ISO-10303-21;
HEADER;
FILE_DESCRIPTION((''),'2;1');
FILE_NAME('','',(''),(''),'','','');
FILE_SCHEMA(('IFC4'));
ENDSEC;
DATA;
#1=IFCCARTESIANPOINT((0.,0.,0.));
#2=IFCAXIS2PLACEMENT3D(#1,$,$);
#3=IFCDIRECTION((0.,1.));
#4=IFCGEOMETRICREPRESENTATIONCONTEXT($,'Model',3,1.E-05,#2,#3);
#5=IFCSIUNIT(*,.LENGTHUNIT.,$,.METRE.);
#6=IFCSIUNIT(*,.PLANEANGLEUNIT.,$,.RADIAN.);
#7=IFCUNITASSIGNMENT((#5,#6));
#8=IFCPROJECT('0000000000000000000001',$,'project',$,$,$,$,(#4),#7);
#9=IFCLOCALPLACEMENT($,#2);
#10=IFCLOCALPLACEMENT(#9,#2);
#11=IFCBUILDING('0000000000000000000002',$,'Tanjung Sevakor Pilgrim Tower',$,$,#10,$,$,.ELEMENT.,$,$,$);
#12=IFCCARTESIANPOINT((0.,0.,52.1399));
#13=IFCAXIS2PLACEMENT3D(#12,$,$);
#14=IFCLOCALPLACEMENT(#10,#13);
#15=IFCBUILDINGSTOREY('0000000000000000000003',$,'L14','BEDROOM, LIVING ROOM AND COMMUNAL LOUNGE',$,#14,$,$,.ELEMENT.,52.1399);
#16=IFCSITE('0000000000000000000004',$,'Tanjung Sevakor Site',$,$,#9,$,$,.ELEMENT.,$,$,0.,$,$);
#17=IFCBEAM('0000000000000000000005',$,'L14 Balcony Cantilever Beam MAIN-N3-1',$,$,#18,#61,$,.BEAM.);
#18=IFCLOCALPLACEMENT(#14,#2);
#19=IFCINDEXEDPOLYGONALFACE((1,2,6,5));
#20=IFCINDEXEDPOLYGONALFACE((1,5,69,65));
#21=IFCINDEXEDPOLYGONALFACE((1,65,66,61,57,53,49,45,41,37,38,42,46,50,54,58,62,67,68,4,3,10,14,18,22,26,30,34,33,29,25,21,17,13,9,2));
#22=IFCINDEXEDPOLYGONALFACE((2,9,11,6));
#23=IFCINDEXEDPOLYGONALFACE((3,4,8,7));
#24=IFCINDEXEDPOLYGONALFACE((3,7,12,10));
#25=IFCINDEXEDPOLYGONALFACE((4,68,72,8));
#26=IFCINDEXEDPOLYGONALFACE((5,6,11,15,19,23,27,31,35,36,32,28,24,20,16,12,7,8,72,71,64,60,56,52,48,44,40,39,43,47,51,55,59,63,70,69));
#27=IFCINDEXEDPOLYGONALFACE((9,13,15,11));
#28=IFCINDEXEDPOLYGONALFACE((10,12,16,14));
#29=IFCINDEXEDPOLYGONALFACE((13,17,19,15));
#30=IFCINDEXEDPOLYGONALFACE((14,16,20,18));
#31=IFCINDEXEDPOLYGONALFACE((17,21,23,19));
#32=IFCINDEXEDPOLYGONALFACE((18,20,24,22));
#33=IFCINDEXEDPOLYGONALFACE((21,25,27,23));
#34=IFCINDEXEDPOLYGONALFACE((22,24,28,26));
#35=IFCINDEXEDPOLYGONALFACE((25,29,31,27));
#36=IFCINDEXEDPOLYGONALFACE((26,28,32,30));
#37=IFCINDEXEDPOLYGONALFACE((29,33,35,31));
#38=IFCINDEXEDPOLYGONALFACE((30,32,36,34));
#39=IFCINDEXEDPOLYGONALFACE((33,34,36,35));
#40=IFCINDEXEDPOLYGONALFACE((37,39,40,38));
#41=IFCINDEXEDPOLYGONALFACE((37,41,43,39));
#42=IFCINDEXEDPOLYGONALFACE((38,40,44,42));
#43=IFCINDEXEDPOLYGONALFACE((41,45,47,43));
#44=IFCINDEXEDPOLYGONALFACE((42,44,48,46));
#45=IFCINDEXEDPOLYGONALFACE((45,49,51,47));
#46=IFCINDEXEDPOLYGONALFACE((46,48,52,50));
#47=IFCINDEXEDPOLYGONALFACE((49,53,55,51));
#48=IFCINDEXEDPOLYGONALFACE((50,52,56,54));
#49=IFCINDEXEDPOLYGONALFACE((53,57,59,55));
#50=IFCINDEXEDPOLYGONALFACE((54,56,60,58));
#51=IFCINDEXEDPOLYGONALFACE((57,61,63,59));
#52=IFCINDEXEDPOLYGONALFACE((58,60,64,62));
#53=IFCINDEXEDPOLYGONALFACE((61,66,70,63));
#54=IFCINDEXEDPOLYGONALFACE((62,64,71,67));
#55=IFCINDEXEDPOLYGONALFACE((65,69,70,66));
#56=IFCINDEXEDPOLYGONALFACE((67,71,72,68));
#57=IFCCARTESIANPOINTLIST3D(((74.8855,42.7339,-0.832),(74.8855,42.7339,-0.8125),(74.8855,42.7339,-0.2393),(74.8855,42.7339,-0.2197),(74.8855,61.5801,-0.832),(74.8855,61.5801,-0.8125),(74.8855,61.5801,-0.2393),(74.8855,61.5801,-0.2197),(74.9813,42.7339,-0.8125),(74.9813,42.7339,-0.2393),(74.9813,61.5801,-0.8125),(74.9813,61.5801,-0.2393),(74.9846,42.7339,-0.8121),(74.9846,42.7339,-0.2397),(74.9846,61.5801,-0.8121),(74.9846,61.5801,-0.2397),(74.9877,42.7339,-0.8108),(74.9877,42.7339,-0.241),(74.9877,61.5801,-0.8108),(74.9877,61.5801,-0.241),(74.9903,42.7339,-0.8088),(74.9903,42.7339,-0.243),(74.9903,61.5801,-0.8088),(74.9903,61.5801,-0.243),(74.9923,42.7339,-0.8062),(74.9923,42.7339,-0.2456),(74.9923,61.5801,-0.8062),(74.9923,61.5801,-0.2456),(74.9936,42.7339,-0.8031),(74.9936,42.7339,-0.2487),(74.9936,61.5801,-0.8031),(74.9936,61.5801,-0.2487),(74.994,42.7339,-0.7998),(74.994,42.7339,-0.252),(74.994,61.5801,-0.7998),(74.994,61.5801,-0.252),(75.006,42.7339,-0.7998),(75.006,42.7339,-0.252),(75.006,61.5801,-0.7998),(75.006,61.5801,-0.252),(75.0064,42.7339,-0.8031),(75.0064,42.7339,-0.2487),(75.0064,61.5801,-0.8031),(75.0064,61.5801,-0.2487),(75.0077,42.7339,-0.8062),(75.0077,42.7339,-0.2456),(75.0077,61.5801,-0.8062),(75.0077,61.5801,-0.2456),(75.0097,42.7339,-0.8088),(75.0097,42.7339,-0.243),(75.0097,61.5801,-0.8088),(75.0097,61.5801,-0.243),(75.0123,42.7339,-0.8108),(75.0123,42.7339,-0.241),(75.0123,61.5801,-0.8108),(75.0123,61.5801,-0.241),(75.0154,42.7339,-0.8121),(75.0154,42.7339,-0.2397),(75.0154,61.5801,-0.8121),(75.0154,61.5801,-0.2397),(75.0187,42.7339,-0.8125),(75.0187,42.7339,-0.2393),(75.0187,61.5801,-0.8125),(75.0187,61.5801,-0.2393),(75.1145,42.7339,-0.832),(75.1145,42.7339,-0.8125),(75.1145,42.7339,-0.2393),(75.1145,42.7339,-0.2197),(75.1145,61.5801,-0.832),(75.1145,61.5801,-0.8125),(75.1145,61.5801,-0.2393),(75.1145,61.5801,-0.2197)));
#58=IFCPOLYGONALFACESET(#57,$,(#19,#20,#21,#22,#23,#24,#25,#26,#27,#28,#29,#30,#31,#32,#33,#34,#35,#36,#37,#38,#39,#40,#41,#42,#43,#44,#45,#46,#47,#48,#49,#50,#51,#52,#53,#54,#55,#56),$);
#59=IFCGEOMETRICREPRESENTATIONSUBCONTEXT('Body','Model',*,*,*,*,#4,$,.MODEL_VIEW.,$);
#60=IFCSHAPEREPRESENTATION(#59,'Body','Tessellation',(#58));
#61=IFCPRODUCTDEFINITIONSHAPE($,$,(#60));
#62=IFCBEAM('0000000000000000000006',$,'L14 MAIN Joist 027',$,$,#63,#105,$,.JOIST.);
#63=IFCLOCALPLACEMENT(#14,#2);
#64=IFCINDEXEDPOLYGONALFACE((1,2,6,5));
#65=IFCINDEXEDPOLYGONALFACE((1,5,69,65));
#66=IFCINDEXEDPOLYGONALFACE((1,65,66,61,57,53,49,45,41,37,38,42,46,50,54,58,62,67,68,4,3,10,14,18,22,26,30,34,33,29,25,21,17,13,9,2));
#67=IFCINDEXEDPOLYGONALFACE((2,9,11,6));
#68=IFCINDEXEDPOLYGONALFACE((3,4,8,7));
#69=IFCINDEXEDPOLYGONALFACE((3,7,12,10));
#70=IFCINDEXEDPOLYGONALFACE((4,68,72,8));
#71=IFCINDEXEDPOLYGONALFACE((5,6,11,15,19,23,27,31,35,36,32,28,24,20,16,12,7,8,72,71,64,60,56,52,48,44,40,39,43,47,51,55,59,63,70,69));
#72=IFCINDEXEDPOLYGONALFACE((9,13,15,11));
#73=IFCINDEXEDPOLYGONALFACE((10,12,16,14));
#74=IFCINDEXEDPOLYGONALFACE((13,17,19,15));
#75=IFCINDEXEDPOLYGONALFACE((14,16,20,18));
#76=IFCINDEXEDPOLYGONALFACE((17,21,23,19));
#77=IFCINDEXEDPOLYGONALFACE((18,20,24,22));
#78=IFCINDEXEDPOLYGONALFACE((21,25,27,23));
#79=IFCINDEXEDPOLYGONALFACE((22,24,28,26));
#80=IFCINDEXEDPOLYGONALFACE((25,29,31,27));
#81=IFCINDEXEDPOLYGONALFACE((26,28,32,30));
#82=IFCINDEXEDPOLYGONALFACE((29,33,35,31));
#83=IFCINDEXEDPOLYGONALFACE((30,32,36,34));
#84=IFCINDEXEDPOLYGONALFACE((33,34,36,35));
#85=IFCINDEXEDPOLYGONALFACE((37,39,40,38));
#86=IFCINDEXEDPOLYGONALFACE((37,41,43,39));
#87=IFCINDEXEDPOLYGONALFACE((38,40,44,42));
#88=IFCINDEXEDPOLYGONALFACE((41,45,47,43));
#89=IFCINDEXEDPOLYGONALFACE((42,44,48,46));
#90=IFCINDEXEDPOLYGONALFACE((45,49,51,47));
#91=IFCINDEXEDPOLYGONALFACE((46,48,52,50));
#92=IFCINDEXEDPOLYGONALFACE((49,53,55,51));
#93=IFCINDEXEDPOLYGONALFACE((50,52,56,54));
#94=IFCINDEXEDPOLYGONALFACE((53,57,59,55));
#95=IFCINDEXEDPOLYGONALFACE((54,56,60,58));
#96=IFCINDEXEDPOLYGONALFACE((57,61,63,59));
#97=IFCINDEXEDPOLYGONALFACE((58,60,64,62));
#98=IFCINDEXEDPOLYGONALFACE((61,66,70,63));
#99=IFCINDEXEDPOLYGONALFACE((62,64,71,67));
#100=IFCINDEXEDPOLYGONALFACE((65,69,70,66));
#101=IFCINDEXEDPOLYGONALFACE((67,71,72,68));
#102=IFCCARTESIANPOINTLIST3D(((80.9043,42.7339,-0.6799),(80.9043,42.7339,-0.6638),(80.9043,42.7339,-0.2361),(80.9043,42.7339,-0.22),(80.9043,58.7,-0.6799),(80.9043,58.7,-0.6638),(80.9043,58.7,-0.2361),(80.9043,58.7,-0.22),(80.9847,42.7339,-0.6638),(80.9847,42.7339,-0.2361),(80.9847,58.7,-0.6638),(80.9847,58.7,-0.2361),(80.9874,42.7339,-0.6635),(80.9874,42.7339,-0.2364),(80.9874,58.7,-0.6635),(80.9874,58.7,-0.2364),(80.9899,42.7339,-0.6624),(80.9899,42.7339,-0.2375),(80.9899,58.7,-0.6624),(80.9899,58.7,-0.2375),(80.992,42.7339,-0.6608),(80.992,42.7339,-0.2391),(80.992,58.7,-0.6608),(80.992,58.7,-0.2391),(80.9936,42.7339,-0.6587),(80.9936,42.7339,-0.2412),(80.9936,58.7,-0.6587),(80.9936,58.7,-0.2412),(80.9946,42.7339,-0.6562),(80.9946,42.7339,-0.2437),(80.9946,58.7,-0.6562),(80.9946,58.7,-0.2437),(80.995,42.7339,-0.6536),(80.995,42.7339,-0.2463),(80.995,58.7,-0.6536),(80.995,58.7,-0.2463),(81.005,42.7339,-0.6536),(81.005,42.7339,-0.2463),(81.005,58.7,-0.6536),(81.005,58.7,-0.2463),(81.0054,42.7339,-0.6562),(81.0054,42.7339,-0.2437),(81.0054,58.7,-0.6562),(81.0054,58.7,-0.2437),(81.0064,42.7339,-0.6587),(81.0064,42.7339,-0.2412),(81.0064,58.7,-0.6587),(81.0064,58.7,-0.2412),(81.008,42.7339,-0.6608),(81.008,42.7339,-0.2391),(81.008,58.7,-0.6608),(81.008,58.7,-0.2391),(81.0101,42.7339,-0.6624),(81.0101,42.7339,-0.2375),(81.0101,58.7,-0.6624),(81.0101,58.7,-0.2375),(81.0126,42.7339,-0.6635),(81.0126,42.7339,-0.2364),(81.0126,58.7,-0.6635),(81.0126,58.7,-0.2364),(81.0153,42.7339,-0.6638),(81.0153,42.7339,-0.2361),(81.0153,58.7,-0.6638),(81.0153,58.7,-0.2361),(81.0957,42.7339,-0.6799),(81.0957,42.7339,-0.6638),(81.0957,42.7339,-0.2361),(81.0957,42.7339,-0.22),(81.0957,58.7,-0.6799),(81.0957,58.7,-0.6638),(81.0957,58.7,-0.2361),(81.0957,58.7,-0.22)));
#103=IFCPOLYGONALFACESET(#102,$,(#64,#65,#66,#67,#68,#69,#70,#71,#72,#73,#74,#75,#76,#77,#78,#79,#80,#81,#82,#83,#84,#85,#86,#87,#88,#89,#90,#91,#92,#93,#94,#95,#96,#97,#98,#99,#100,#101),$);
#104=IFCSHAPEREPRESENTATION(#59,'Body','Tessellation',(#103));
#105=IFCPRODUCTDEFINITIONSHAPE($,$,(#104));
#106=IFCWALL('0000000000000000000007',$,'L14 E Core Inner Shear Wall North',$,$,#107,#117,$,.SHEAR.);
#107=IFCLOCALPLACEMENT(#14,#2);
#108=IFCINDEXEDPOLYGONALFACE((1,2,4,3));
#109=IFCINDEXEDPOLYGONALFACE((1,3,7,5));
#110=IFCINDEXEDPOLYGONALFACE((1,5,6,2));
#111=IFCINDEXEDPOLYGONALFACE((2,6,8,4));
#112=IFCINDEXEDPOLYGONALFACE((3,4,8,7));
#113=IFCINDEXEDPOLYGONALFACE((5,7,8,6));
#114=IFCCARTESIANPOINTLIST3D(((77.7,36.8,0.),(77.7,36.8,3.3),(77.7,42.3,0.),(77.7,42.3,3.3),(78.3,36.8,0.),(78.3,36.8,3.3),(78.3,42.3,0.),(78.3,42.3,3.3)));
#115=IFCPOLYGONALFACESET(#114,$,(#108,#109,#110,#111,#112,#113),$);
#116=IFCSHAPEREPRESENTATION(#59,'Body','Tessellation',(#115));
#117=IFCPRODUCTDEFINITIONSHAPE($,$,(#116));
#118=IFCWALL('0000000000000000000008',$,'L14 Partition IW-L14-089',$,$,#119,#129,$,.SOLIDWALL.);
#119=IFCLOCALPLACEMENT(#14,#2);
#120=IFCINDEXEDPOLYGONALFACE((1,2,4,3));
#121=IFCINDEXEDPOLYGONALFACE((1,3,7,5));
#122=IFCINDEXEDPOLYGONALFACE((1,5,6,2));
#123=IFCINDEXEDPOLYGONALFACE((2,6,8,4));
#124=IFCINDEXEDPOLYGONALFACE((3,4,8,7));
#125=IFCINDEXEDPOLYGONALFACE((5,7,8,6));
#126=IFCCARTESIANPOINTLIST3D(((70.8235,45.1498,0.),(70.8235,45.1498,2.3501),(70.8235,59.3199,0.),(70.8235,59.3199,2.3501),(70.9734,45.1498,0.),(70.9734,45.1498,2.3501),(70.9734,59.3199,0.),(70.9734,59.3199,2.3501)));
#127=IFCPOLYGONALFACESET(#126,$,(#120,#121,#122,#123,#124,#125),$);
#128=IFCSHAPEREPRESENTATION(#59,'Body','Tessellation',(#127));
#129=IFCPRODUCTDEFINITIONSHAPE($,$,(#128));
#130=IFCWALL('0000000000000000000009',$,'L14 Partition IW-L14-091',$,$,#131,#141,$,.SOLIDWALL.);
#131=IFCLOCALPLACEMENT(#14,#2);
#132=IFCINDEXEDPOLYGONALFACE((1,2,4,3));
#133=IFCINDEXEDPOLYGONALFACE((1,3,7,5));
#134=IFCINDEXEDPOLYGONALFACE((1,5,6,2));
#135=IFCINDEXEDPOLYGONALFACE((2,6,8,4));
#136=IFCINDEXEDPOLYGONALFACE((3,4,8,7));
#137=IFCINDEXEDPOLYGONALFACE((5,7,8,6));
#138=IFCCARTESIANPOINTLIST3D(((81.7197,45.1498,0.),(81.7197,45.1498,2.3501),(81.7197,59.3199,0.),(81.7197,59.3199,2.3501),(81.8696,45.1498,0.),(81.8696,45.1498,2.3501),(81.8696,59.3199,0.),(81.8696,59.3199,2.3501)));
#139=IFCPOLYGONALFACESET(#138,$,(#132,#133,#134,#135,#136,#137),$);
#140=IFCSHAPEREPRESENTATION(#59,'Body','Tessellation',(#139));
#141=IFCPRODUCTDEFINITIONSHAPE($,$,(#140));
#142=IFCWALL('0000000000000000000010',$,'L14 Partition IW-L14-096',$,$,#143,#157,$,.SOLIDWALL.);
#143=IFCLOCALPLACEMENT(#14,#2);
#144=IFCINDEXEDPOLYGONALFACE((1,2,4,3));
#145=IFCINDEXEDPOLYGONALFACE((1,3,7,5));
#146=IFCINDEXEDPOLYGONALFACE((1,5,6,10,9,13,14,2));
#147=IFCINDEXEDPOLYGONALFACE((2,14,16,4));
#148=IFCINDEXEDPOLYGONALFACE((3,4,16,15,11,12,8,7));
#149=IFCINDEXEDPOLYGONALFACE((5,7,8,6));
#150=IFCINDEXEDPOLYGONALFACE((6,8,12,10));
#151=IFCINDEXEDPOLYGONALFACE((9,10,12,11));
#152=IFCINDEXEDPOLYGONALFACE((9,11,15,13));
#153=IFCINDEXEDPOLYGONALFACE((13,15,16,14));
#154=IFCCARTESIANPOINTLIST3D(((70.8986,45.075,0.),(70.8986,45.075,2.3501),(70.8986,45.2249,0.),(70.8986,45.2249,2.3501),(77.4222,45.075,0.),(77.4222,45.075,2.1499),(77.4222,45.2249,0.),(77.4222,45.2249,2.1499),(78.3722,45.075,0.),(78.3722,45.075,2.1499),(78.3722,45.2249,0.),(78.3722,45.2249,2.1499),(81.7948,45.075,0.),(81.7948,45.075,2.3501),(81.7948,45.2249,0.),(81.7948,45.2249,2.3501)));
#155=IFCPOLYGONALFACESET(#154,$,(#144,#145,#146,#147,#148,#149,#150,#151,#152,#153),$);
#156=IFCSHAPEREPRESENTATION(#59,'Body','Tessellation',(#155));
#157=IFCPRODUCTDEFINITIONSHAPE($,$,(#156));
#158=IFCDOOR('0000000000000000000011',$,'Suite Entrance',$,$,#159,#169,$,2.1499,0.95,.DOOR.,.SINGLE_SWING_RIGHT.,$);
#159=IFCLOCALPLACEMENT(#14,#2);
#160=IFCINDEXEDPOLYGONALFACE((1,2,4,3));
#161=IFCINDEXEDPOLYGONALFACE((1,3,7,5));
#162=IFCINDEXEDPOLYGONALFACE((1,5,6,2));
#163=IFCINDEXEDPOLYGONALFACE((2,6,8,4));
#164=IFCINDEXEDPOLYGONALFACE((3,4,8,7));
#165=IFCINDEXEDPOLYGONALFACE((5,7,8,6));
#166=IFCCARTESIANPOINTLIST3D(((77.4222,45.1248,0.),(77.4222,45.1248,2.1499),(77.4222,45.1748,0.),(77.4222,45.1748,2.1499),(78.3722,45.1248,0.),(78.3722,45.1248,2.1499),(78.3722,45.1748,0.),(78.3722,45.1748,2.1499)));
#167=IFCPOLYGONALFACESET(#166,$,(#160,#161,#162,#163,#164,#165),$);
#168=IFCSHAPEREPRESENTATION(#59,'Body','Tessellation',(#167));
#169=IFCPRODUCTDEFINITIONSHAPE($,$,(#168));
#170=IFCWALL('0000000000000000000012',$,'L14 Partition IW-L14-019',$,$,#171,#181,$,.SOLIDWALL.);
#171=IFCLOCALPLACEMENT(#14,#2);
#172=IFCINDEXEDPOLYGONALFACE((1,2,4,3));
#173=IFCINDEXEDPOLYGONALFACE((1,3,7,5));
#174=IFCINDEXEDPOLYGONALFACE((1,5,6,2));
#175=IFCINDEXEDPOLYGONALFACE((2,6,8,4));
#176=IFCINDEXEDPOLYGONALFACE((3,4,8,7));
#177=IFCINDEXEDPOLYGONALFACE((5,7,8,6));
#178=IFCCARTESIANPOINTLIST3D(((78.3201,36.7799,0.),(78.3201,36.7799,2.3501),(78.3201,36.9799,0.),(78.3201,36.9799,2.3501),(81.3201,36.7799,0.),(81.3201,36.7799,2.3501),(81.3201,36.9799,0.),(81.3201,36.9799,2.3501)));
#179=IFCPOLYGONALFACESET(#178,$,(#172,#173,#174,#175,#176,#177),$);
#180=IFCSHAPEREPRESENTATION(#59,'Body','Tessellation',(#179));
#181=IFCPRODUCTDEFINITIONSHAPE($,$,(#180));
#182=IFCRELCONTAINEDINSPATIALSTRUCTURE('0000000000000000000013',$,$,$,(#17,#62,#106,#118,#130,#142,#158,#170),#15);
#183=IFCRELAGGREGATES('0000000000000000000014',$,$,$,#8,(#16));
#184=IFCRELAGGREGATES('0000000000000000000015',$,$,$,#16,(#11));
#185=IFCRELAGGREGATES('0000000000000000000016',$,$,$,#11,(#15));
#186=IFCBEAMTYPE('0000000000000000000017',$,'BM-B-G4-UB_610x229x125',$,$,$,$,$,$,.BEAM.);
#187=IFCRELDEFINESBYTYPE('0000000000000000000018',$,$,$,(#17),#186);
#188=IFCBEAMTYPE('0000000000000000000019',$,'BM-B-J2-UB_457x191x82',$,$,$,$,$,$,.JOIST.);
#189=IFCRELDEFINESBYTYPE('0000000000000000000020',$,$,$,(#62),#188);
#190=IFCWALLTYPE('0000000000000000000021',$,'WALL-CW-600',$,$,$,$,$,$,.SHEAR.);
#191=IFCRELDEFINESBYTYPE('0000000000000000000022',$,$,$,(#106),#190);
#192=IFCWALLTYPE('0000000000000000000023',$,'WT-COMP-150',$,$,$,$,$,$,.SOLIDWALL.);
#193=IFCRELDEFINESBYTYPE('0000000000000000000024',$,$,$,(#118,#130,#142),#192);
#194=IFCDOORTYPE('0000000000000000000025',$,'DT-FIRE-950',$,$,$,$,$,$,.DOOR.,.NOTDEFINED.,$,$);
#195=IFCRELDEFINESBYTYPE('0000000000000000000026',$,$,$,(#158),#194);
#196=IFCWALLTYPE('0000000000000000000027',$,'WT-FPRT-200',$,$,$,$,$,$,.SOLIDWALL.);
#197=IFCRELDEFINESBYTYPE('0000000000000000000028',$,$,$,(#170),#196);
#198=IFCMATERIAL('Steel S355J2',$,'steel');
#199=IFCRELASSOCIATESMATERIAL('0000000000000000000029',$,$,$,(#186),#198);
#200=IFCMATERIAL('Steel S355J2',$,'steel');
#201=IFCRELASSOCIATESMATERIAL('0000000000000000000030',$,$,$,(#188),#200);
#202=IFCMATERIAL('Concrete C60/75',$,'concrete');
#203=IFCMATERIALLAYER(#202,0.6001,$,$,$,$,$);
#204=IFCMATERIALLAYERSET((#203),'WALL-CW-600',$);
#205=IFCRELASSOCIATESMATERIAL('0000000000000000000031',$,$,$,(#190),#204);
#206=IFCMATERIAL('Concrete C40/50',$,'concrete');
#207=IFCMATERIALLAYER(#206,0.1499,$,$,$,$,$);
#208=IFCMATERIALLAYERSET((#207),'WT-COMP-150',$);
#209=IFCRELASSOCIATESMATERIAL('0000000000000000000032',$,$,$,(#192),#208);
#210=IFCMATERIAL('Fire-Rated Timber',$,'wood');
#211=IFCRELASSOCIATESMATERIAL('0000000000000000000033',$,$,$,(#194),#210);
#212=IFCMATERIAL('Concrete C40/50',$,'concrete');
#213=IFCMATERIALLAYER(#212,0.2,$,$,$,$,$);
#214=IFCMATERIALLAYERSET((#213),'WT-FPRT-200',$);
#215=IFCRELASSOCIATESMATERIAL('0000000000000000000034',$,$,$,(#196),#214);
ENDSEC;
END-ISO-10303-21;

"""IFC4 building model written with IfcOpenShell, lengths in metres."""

from ifc_helpers import new_model, si_unit, direction, frame, frame_2d, origin, origin_2d, place, context, subcontext, project, spatial, rectangle, i_section, extrude, material, layer, layer_set, material_profile, profile_set, type_object, element, fill, save


model = new_model("IFC4")

# Units and contexts
model_context = context("Model", 3, precision=1e-05, world=origin(), true_north=direction((0.0, 1.0)))
body_context = subcontext(model_context, "Body", "Model", "MODEL_VIEW")
ifc_project = project(units=[si_unit("LENGTHUNIT", "METRE"), si_unit("PLANEANGLEUNIT", "RADIAN")], contexts=[model_context])

# Site, building, storey
site_placement = place(None, origin())
site = spatial("IfcSite", under=ifc_project, at=site_placement, Name="Tanjung Sevakor Site", CompositionType="ELEMENT", RefElevation=0.0)
building_placement = place(site_placement, origin())
building = spatial("IfcBuilding", under=site, at=building_placement, Name="Tanjung Sevakor Pilgrim Tower", CompositionType="ELEMENT")
storey_placement = place(building_placement, frame((0.0, 0.0, 52.1399)))
storey = spatial("IfcBuildingStorey", under=building, at=storey_placement, Name="L14", Description="BEDROOM, LIVING ROOM AND COMMUNAL LOUNGE", CompositionType="ELEMENT", Elevation=52.1399)

# Beams
ifc_material_1 = material(Name="Steel S355J2", Category="steel")
ifc_material_profile_1 = material_profile(ifc_material_1, i_section(OverallWidth=0.229, OverallDepth=0.6123, WebThickness=0.012, FlangeThickness=0.0195, FilletRadius=0.0127, at=origin_2d()))
ifc_profile_set_1 = profile_set([ifc_material_profile_1], Name="Steel S355J2")
beam_type_1 = type_object("IfcBeamType", Name="BM-B-G4-UB_610x229x125", PredefinedType="BEAM", material=ifc_profile_set_1)
beam_1_placement = place(storey_placement, frame((75.0, 42.7339, -0.5259), z_axis=(0.0, 1.0, 0.0), x_axis=(-1.0, 0.0, 0.0)))
element("IfcBeam", 1, at=beam_1_placement, inside=storey, type_object=beam_type_1, Name="L14 Balcony Cantilever Beam MAIN-N3-1", PredefinedType="BEAM", context=body_context, shape_type="SweptSolid", body=[
    extrude(i_section(OverallWidth=0.229, OverallDepth=0.6123, WebThickness=0.012, FlangeThickness=0.0195, FilletRadius=0.0127, at=origin_2d()), origin(), (0.0, 0.0, 1.0), 18.8462),
])
ifc_material_2 = material(Name="Steel S355J2", Category="steel")
ifc_material_profile_2 = material_profile(ifc_material_2, i_section(OverallWidth=0.1914, OverallDepth=0.46, WebThickness=0.01, FlangeThickness=0.0161, FilletRadius=0.0103, at=origin_2d()))
ifc_profile_set_2 = profile_set([ifc_material_profile_2], Name="Steel S355J2")
beam_type_2 = type_object("IfcBeamType", Name="BM-B-J2-UB_457x191x82", PredefinedType="JOIST", material=ifc_profile_set_2)
beam_2_placement = place(storey_placement, frame((81.0, 42.7339, -0.45), z_axis=(0.0, 1.0, 0.0), x_axis=(-1.0, 0.0, 0.0)))
element("IfcBeam", 2, at=beam_2_placement, inside=storey, type_object=beam_type_2, Name="L14 MAIN Joist 027", PredefinedType="JOIST", context=body_context, shape_type="SweptSolid", body=[
    extrude(i_section(OverallWidth=0.1914, OverallDepth=0.46, WebThickness=0.01, FlangeThickness=0.0161, FilletRadius=0.0103, at=origin_2d()), origin(), (0.0, 0.0, 1.0), 15.9661),
])

# Walls
ifc_material_3 = material(Name="Concrete C60/75", Category="concrete")
ifc_layer_1 = layer(ifc_material_3, 0.6001)
ifc_layer_set_1 = layer_set([ifc_layer_1], Name="WALL-CW-600")
wall_type_1 = type_object("IfcWallType", Name="WALL-CW-600", PredefinedType="SHEAR", material=ifc_layer_set_1)
wall_1_placement = place(storey_placement, frame((78.0, 36.8, 0.0), z_axis=(0.0, 0.0, 1.0), x_axis=(0.0, 1.0, 0.0)))
element("IfcWall", 3, at=wall_1_placement, inside=storey, type_object=wall_type_1, Name="L14 E Core Inner Shear Wall North", PredefinedType="SHEAR", context=body_context, shape_type="SweptSolid", body=[
    extrude(rectangle(XDim=5.5, YDim=0.6001, at=frame_2d((2.75, 0.0))), origin(), (0.0, 0.0, 1.0), 3.3),
])
ifc_material_4 = material(Name="Concrete C40/50", Category="concrete")
ifc_layer_2 = layer(ifc_material_4, 0.1499)
ifc_layer_set_2 = layer_set([ifc_layer_2], Name="WT-COMP-150")
wall_type_2 = type_object("IfcWallType", Name="WT-COMP-150", PredefinedType="SOLIDWALL", material=ifc_layer_set_2)
for number, where, z_axis, x_axis, name in (
    (4, (70.8984, 45.1499, 0.0), (0.0, 0.0, 1.0), (0.0, 1.0, 0.0), "L14 Partition IW-L14-089"),
    (5, (81.7947, 45.1499, 0.0), (0.0, 0.0, 1.0), (0.0, 1.0, 0.0), "L14 Partition IW-L14-091"),
):
    element("IfcWall", number, at=place(storey_placement, frame(where, z_axis=z_axis, x_axis=x_axis)), inside=storey, type_object=wall_type_2, Name=name, PredefinedType="SOLIDWALL", context=body_context, shape_type="SweptSolid", body=[
        extrude(rectangle(XDim=14.1702, YDim=0.1499, at=frame_2d((7.085, 0.0))), origin(), (0.0, 0.0, 1.0), 2.3501),
    ])

# Wall, opening, door
wall_2_placement = place(storey_placement, frame((70.8984, 45.1499, 0.0), z_axis=(0.0, 0.0, 1.0), x_axis=(1.0, 0.0, 0.0)))
wall_2 = element("IfcWall", 6, at=wall_2_placement, inside=storey, type_object=wall_type_2, Name="L14 Partition IW-L14-096", PredefinedType="SOLIDWALL", context=body_context, shape_type="SweptSolid", body=[
    extrude(rectangle(XDim=10.8962, YDim=0.1499, at=frame_2d((5.4482, 0.0))), origin(), (0.0, 0.0, 1.0), 2.3501),
])
opening_1_placement = place(wall_2_placement, frame((6.5237, 0.0, 0.0)))
opening_1 = element("IfcOpeningElement", 7, at=opening_1_placement, cuts=wall_2, PredefinedType="OPENING", context=body_context, shape_type="SweptSolid", body=[
    extrude(rectangle(XDim=0.95, YDim=2.1499, at=frame_2d((0.4751, 1.075))), frame((0.0, 0.085, 0.0), z_axis=(0.0, -1.0, 0.0), x_axis=(1.0, 0.0, 0.0)), (0.0, 0.0, 1.0), 0.1699),
])
ifc_material_5 = material(Name="Fire-Rated Timber", Category="wood")
door_type_1 = type_object("IfcDoorType", Name="DT-FIRE-950", OperationType="NOTDEFINED", PredefinedType="DOOR", material=ifc_material_5)
door_1_placement = place(opening_1_placement, origin())
door_1 = element("IfcDoor", 8, at=door_1_placement, inside=storey, type_object=door_type_1, Name="Suite Entrance", OperationType="SINGLE_SWING_RIGHT", OverallHeight=2.1499, OverallWidth=0.95, PredefinedType="DOOR", context=body_context, shape_type="SweptSolid", body=[
    extrude(rectangle(XDim=0.95, YDim=2.1499, at=frame_2d((0.4751, 1.075))), frame((0.0, 0.0249, 0.0), z_axis=(0.0, -1.0, 0.0), x_axis=(1.0, 0.0, 0.0)), (0.0, 0.0, 1.0), 0.05),
])
fill(opening_1, door_1)

# Wall
ifc_material_6 = material(Name="Concrete C40/50", Category="concrete")
ifc_layer_3 = layer(ifc_material_6, 0.2)
ifc_layer_set_3 = layer_set([ifc_layer_3], Name="WT-FPRT-200")
wall_type_3 = type_object("IfcWallType", Name="WT-FPRT-200", PredefinedType="SOLIDWALL", material=ifc_layer_set_3)
wall_3_placement = place(storey_placement, frame((78.3201, 36.8799, 0.0), z_axis=(0.0, 0.0, 1.0), x_axis=(1.0, 0.0, 0.0)))
element("IfcWall", 9, at=wall_3_placement, inside=storey, type_object=wall_type_3, Name="L14 Partition IW-L14-019", PredefinedType="SOLIDWALL", context=body_context, shape_type="SweptSolid", body=[
    extrude(rectangle(XDim=3.0, YDim=0.2, at=frame_2d((1.5, 0.0))), origin(), (0.0, 0.0, 1.0), 2.3501),
])

save(model, "model.ifc")
